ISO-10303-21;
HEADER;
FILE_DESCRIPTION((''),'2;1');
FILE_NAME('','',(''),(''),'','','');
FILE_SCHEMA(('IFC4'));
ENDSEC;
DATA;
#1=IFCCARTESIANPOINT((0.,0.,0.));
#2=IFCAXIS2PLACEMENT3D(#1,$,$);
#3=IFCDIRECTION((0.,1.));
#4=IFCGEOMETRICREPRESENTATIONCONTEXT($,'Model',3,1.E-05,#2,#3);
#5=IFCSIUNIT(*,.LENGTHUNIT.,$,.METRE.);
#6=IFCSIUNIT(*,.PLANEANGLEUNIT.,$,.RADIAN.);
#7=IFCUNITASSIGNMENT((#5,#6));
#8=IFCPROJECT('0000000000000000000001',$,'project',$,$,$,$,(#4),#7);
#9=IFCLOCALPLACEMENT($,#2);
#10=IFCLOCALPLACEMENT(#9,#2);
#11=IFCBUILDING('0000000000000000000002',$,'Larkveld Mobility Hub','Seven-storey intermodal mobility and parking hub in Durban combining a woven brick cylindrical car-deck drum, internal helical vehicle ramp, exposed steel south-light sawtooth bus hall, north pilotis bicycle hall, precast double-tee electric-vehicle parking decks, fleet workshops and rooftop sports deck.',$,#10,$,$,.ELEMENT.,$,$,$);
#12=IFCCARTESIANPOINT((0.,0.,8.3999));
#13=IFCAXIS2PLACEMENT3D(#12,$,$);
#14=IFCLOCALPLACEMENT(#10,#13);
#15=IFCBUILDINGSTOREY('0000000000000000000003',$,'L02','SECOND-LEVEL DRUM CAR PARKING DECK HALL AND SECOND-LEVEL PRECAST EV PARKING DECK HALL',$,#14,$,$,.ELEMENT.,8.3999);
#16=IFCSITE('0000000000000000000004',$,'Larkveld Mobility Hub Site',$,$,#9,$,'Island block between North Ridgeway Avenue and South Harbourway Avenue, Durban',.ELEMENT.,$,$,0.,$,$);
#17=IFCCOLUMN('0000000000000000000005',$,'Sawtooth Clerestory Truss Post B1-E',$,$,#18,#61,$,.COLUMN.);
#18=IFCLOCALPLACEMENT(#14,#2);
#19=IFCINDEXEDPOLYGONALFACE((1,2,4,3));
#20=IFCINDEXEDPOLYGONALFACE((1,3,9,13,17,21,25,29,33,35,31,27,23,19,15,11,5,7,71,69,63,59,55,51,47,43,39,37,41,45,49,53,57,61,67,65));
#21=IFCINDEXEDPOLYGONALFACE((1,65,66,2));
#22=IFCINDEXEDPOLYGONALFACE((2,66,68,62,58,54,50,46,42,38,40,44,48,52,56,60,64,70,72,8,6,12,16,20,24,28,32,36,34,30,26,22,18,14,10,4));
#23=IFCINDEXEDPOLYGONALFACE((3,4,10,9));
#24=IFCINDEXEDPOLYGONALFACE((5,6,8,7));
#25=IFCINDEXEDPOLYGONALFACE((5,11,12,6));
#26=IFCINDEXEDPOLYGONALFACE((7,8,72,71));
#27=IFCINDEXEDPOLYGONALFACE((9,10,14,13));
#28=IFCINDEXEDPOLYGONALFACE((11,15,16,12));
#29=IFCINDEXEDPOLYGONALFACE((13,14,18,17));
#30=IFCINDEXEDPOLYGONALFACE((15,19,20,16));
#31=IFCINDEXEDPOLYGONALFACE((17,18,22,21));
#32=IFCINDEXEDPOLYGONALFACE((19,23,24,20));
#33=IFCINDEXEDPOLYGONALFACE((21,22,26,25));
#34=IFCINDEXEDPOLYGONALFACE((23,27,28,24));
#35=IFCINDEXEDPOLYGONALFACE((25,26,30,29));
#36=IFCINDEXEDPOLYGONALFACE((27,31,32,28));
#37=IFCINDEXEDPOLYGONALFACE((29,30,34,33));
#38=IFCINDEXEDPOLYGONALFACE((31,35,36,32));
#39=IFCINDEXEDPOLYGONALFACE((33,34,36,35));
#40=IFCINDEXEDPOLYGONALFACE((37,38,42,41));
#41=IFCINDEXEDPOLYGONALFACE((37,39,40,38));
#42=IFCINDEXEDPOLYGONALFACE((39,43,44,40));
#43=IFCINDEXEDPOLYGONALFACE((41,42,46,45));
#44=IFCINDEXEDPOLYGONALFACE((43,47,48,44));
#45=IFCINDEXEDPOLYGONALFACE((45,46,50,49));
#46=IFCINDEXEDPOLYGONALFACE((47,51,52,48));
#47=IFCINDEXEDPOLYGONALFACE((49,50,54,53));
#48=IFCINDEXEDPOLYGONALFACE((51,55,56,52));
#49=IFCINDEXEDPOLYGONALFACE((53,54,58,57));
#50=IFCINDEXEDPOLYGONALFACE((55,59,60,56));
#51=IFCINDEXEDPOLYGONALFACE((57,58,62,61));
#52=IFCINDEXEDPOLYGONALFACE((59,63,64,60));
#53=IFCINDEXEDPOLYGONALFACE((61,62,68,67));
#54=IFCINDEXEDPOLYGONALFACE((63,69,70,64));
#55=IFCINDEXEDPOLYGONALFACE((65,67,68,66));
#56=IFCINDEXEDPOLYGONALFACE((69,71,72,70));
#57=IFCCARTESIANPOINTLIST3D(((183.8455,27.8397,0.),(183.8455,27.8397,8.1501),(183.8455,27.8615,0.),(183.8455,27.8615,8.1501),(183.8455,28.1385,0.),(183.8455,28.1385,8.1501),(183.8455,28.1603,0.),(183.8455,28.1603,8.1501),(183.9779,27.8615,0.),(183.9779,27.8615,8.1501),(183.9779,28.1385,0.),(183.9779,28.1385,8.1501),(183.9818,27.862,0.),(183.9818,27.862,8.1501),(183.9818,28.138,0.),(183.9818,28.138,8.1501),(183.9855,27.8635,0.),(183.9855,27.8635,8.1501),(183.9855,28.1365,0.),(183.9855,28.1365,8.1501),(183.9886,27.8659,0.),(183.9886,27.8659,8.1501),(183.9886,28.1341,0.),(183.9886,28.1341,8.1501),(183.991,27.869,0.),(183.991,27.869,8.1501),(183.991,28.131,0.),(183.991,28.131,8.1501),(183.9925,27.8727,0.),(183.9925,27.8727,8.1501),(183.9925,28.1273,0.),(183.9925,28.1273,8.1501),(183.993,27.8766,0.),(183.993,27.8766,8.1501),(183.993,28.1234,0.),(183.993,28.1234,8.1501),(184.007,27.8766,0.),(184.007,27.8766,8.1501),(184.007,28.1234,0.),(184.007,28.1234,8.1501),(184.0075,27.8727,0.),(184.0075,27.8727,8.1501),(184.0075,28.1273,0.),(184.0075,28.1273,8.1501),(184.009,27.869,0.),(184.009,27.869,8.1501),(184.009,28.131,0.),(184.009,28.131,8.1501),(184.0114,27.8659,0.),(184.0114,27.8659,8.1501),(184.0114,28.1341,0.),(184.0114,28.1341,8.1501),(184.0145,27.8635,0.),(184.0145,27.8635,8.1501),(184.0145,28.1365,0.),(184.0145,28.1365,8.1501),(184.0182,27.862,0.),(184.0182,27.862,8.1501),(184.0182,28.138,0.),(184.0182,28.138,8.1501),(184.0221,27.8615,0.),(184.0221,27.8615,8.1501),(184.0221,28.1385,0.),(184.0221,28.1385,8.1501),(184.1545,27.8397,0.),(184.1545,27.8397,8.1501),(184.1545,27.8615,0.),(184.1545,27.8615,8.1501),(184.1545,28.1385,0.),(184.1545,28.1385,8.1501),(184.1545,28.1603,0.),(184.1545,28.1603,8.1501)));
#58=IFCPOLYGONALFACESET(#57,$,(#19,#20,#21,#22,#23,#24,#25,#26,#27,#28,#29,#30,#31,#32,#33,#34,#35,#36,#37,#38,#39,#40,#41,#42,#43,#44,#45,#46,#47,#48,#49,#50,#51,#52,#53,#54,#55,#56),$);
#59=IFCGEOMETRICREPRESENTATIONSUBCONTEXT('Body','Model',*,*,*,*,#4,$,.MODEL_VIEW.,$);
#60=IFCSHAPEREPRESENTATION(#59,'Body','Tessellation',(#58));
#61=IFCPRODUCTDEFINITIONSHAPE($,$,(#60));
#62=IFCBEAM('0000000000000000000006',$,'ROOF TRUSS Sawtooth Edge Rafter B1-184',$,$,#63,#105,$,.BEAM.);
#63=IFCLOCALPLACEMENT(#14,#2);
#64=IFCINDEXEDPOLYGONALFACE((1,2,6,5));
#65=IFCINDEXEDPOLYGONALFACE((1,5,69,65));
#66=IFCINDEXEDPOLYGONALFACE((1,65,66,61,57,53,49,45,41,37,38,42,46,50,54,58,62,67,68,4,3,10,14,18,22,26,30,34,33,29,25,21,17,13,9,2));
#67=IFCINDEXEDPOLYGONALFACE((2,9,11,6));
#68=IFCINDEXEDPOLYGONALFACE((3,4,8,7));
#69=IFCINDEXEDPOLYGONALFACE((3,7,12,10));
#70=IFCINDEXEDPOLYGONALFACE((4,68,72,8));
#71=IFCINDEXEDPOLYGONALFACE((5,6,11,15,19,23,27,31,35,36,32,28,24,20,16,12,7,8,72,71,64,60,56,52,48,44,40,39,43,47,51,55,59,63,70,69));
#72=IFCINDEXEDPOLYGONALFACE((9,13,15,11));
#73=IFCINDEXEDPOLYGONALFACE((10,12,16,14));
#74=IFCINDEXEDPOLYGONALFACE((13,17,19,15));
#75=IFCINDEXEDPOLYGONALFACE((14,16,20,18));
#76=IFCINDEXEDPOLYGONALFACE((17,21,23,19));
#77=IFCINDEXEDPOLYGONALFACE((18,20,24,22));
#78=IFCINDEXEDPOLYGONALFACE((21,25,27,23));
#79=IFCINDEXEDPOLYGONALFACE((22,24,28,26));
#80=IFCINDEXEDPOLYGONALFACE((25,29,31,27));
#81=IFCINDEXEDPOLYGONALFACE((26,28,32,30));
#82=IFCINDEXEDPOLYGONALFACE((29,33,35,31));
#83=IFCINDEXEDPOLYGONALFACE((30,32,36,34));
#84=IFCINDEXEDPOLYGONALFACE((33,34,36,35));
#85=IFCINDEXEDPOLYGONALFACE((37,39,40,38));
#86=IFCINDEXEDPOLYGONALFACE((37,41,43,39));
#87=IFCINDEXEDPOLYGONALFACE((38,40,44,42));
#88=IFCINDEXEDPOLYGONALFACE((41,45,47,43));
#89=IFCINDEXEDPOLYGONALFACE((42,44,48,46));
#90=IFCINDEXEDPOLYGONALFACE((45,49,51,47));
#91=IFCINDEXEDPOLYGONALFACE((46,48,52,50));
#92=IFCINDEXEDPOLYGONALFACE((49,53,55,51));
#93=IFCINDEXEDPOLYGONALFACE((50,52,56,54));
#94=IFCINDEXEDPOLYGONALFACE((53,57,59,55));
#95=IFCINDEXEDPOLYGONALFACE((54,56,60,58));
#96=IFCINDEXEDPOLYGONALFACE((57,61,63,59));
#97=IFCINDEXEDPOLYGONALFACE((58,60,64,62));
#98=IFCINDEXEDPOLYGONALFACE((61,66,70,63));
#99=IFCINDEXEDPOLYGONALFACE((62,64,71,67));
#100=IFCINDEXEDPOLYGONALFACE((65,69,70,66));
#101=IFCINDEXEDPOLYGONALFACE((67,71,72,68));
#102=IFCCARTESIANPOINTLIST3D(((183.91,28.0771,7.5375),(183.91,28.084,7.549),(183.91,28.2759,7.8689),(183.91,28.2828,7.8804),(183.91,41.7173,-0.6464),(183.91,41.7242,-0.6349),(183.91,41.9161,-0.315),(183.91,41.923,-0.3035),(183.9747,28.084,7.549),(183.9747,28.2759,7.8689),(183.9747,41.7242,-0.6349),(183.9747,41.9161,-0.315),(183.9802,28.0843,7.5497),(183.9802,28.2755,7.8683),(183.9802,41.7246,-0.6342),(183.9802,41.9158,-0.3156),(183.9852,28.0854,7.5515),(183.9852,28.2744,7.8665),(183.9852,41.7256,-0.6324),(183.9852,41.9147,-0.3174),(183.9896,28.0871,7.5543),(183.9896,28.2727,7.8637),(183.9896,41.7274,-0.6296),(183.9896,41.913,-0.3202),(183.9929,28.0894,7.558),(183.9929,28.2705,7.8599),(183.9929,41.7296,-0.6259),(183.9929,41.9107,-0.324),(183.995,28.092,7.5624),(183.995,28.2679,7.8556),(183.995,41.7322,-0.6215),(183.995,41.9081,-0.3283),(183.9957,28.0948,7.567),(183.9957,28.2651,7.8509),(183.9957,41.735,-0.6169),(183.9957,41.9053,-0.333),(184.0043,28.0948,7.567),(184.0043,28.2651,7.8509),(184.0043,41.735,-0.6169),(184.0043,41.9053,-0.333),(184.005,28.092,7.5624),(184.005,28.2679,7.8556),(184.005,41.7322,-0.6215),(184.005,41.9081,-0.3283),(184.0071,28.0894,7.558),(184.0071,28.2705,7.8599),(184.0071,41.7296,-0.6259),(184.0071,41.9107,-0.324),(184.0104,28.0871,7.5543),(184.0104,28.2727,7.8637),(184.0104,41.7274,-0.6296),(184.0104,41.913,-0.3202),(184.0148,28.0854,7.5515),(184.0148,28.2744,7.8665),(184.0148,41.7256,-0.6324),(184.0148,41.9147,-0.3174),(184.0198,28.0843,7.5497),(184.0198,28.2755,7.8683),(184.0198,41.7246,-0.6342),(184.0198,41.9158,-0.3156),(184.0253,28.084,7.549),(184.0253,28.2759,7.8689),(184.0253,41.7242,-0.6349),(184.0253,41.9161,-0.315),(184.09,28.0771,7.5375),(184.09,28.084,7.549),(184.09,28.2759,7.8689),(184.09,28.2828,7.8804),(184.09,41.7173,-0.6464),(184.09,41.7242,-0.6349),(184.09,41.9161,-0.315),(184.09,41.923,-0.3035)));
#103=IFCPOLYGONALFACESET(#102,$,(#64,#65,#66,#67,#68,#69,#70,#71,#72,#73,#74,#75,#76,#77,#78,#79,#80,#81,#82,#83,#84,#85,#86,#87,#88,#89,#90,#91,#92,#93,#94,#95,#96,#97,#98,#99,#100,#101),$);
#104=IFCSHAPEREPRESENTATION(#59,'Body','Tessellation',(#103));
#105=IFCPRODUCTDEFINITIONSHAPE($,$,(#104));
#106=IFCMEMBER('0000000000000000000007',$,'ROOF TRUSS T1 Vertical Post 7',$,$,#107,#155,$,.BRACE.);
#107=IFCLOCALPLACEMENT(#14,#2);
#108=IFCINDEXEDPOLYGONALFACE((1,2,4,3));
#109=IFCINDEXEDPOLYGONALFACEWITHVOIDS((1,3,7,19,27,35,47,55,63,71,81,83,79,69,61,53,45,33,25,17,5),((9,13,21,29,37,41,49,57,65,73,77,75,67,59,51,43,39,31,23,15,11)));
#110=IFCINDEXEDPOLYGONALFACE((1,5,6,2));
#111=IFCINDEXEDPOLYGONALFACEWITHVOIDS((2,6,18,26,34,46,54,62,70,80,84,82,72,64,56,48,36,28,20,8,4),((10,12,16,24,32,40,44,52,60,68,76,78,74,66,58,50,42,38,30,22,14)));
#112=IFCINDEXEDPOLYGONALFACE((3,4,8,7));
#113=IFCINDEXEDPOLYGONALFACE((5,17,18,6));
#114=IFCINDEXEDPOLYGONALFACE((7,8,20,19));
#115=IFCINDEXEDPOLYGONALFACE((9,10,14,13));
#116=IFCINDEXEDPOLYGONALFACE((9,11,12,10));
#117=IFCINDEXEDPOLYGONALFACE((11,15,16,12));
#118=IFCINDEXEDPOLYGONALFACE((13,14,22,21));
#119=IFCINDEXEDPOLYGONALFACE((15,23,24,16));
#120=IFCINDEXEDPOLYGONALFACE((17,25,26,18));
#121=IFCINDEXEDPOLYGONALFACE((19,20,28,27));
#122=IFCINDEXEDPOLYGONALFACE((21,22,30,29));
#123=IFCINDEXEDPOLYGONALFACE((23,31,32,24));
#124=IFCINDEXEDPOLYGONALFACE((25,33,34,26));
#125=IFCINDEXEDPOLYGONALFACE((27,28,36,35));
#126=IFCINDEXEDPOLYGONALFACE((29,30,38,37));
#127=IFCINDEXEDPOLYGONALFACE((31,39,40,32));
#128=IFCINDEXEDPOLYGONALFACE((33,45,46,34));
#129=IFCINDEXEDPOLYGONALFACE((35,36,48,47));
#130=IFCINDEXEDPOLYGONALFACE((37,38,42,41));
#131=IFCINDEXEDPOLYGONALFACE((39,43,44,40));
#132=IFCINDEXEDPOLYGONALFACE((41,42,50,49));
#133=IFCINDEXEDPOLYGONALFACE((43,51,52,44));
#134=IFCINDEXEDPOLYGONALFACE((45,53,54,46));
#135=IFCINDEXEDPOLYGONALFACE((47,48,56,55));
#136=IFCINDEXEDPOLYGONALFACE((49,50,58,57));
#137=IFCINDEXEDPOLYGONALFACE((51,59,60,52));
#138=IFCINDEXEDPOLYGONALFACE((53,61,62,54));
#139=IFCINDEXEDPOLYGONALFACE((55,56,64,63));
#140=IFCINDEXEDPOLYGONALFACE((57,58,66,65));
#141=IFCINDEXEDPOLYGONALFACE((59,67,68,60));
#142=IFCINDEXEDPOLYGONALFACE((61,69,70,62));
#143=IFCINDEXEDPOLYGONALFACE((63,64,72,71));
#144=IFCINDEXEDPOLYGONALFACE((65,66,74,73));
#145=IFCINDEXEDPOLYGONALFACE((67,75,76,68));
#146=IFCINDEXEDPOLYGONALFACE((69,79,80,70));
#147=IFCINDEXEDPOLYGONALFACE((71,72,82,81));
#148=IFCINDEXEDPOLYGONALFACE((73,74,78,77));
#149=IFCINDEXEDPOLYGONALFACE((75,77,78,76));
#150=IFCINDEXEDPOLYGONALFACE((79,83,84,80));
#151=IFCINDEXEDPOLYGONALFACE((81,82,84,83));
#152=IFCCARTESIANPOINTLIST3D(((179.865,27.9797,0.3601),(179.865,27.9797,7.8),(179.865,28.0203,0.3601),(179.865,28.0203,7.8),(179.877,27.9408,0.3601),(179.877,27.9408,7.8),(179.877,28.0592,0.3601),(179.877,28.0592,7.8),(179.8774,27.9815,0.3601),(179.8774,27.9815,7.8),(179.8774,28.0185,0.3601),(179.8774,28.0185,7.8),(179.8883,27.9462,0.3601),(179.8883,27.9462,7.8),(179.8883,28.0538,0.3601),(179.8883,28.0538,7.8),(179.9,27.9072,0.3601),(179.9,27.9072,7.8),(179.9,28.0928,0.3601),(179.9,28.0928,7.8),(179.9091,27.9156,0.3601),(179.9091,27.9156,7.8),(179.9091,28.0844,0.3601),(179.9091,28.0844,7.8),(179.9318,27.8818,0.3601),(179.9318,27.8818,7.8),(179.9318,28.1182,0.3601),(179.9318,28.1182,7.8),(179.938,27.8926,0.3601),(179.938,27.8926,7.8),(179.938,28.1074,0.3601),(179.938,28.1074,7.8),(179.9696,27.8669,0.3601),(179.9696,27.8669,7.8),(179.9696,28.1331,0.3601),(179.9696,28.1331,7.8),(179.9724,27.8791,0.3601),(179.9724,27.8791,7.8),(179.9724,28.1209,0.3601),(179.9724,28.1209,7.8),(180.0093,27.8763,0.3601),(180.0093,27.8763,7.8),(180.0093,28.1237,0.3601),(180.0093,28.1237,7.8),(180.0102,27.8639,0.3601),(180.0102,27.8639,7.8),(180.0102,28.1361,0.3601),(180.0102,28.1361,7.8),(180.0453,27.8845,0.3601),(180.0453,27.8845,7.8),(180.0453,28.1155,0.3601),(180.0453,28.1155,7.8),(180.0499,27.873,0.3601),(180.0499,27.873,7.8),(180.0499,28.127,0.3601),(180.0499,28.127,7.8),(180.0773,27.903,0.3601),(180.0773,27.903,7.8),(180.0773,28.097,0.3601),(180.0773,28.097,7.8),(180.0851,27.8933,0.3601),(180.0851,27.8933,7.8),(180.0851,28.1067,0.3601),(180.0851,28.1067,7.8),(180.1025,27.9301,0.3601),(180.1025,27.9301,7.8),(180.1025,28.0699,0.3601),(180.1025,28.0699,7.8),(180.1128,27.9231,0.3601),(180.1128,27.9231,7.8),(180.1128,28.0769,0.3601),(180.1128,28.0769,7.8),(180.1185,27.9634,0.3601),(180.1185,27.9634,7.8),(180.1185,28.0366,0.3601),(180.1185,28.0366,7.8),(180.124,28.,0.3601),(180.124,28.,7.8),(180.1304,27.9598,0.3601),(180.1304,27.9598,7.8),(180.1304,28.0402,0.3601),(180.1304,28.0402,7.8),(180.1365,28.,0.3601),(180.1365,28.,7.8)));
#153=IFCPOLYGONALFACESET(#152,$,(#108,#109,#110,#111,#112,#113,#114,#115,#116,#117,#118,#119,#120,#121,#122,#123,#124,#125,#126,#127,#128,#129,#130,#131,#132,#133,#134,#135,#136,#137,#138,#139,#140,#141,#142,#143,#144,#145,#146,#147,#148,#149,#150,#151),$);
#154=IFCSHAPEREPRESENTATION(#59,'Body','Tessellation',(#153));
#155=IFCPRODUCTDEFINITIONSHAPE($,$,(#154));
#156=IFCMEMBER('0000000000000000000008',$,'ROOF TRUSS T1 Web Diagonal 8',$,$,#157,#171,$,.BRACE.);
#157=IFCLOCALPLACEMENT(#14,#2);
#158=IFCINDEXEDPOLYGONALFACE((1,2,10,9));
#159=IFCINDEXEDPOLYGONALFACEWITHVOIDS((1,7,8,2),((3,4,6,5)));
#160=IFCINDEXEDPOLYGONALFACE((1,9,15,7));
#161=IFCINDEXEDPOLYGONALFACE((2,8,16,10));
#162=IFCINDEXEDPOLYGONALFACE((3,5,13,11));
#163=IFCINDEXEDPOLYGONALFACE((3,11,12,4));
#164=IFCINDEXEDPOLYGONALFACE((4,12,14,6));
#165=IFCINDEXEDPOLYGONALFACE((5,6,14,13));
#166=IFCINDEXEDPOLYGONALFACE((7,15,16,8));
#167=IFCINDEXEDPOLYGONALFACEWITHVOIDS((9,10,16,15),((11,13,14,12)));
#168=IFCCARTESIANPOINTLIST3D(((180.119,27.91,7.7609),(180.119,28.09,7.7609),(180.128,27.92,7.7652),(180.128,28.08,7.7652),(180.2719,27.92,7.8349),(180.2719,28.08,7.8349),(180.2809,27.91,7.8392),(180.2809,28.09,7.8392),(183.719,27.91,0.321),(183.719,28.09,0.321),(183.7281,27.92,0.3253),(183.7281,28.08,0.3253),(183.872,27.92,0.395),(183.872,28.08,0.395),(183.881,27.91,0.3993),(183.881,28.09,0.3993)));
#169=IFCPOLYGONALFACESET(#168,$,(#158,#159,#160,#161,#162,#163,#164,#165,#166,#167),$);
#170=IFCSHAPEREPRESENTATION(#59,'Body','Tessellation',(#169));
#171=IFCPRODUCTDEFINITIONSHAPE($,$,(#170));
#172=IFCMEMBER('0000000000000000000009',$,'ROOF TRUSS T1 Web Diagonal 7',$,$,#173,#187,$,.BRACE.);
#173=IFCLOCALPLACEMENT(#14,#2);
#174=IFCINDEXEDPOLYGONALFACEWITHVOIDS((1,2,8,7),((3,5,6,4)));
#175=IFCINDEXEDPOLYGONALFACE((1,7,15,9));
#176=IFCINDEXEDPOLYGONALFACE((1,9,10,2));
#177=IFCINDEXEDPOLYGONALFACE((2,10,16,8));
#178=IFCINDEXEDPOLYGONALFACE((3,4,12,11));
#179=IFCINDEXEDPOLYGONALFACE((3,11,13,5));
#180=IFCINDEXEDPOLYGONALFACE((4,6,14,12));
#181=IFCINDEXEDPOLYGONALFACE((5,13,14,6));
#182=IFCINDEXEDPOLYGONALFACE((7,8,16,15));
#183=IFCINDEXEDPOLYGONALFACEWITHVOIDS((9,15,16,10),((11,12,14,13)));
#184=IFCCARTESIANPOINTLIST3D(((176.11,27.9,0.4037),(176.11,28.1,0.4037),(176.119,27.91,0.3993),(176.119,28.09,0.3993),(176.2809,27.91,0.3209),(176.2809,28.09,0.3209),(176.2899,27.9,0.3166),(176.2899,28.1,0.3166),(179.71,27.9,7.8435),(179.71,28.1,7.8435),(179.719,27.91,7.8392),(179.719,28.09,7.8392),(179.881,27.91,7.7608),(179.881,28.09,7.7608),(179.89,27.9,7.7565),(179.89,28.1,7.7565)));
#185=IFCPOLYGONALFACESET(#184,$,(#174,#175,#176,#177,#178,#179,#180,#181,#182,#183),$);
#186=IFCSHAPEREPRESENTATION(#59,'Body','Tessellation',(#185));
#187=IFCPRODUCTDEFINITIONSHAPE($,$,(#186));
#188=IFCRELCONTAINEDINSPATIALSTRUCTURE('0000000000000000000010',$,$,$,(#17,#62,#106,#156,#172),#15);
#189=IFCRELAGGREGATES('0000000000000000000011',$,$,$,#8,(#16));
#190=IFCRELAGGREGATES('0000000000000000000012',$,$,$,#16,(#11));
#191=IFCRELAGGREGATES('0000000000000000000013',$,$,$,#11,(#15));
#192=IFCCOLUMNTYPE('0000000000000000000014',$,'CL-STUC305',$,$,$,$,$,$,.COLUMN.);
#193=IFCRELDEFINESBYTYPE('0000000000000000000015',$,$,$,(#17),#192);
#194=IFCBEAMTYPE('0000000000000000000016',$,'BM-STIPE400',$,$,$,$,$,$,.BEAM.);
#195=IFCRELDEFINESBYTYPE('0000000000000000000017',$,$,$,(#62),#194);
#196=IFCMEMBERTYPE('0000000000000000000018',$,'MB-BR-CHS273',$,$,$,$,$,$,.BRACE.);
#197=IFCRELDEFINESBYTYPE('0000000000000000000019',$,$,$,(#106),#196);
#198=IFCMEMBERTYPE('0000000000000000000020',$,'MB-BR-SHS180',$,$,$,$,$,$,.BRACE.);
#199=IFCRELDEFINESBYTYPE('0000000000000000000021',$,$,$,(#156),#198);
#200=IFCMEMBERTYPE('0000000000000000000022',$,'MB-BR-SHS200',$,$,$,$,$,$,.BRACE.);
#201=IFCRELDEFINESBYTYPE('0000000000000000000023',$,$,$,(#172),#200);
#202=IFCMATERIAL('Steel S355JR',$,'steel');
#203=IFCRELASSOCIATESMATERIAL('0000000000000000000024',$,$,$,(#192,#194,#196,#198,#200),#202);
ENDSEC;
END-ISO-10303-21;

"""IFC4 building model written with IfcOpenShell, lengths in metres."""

from ifc_helpers import new_model, si_unit, direction, frame, origin, origin_2d, place, context, subcontext, project, spatial, hollow_rectangle, hollow_circle, i_section, extrude, material, material_profile, profile_set, type_object, element, save


model = new_model("IFC4")

# Units and contexts
model_context = context("Model", 3, precision=1e-05, world=origin(), true_north=direction((0.0, 1.0)))
body_context = subcontext(model_context, "Body", "Model", "MODEL_VIEW")
ifc_project = project(units=[si_unit("LENGTHUNIT", "METRE"), si_unit("PLANEANGLEUNIT", "RADIAN")], contexts=[model_context])

# Site, building, storey
site_placement = place(None, origin())
site = spatial("IfcSite", under=ifc_project, at=site_placement, Name="Larkveld Mobility Hub Site", LongName="Island block between North Ridgeway Avenue and South Harbourway Avenue, Durban", CompositionType="ELEMENT", RefElevation=0.0)
building_placement = place(site_placement, origin())
building = spatial("IfcBuilding", under=site, at=building_placement, Name="Larkveld Mobility Hub", Description="Seven-storey intermodal mobility and parking hub in Durban combining a woven brick cylindrical car-deck drum, internal helical vehicle ramp, exposed steel south-light sawtooth bus hall, north pilotis bicycle hall, precast double-tee electric-vehicle parking decks, fleet workshops and rooftop sports deck.", CompositionType="ELEMENT")
storey_placement = place(building_placement, frame((0.0, 0.0, 8.3999)))
storey = spatial("IfcBuildingStorey", under=building, at=storey_placement, Name="L02", Description="SECOND-LEVEL DRUM CAR PARKING DECK HALL AND SECOND-LEVEL PRECAST EV PARKING DECK HALL", CompositionType="ELEMENT", Elevation=8.3999)

# Column
ifc_material_1 = material(Name="Steel S355JR", Category="steel")
ifc_material_profile_1 = material_profile(ifc_material_1, i_section(OverallWidth=0.3091, OverallDepth=0.3206, WebThickness=0.0139, FlangeThickness=0.0217, FilletRadius=0.0151, at=origin_2d()), Name="UC 305x305x137")
ifc_profile_set_1 = profile_set([ifc_material_profile_1], Name="Steel S355JR")
column_type = type_object("IfcColumnType", Name="CL-STUC305", PredefinedType="COLUMN", material=ifc_profile_set_1)
column_placement = place(storey_placement, frame((184.0, 28.0, 0.0), z_axis=(0.0, 0.0, 1.0), x_axis=(1.0, 0.0, 0.0)))
element("IfcColumn", 1, at=column_placement, inside=storey, type_object=column_type, Name="Sawtooth Clerestory Truss Post B1-E", PredefinedType="COLUMN", context=body_context, shape_type="SweptSolid", body=[
    extrude(i_section(OverallWidth=0.3091, OverallDepth=0.3206, WebThickness=0.0139, FlangeThickness=0.0217, FilletRadius=0.0151, at=origin_2d()), origin(), (0.0, 0.0, 1.0), 8.1501),
])

# Beam
ifc_material_profile_2 = material_profile(ifc_material_1, i_section(OverallWidth=0.1799, OverallDepth=0.3999, WebThickness=0.0085, FlangeThickness=0.0134, FilletRadius=0.021, at=origin_2d()), Name="IPE 400")
ifc_profile_set_2 = profile_set([ifc_material_profile_2], Name="Steel S355JR")
beam_type = type_object("IfcBeamType", Name="BM-STIPE400", PredefinedType="BEAM", material=ifc_profile_set_2)
beam_placement = place(storey_placement, frame((184.0, 28.1799, 7.709), z_axis=(0.0, 0.8575, -0.514484), x_axis=(-1.0, 0.0, 0.0)))
element("IfcBeam", 2, at=beam_placement, inside=storey, type_object=beam_type, Name="ROOF TRUSS Sawtooth Edge Rafter B1-184", PredefinedType="BEAM", context=body_context, shape_type="SweptSolid", body=[
    extrude(i_section(OverallWidth=0.1799, OverallDepth=0.3999, WebThickness=0.0085, FlangeThickness=0.0134, FilletRadius=0.021, at=origin_2d()), origin(), (0.0, 0.0, 1.0), 15.907),
])

# Members
ifc_material_profile_3 = material_profile(ifc_material_1, hollow_circle(Radius=0.1365, WallThickness=0.0125, at=origin_2d()), Name="CHS 273x12.5")
ifc_profile_set_3 = profile_set([ifc_material_profile_3], Name="Steel S355JR")
member_type_1 = type_object("IfcMemberType", Name="MB-BR-CHS273", PredefinedType="BRACE", material=ifc_profile_set_3)
member_1_placement = place(storey_placement, frame((180.0, 28.0, 0.3601), z_axis=(0.0, 0.0, 1.0), x_axis=(1.0, 0.0, 0.0)))
element("IfcMember", 3, at=member_1_placement, inside=storey, type_object=member_type_1, Name="ROOF TRUSS T1 Vertical Post 7", PredefinedType="BRACE", context=body_context, shape_type="SweptSolid", body=[
    extrude(hollow_circle(Radius=0.1365, WallThickness=0.0125, at=origin_2d()), origin(), (0.0, 0.0, 1.0), 7.4399),
])
ifc_material_profile_4 = material_profile(ifc_material_1, hollow_rectangle(XDim=0.1799, YDim=0.1799, WallThickness=0.01, at=origin_2d()), Name="SHS 180x180x10")
ifc_profile_set_4 = profile_set([ifc_material_profile_4], Name="Steel S355JR")
member_type_2 = type_object("IfcMemberType", Name="MB-BR-SHS180", PredefinedType="BRACE", material=ifc_profile_set_4)
member_2_placement = place(storey_placement, frame((180.2, 28.0, 7.8), z_axis=(0.435573, 0.0, -0.900153), x_axis=(0.0, 1.0, 0.0)))
element("IfcMember", 4, at=member_2_placement, inside=storey, type_object=member_type_2, Name="ROOF TRUSS T1 Web Diagonal 8", PredefinedType="BRACE", context=body_context, shape_type="SweptSolid", body=[
    extrude(hollow_rectangle(XDim=0.1799, YDim=0.1799, WallThickness=0.01, at=origin_2d()), origin(), (0.0, 0.0, 1.0), 8.2651),
])
ifc_material_profile_5 = material_profile(ifc_material_1, hollow_rectangle(XDim=0.2, YDim=0.2, WallThickness=0.01, at=origin_2d()), Name="SHS 200x200x10")
ifc_profile_set_5 = profile_set([ifc_material_profile_5], Name="Steel S355JR")
member_type_3 = type_object("IfcMemberType", Name="MB-BR-SHS200", PredefinedType="BRACE", material=ifc_profile_set_5)
member_3_placement = place(storey_placement, frame((176.2, 28.0, 0.3601), z_axis=(0.435573, 0.0, 0.900153), x_axis=(0.0, 1.0, 0.0)))
element("IfcMember", 5, at=member_3_placement, inside=storey, type_object=member_type_3, Name="ROOF TRUSS T1 Web Diagonal 7", PredefinedType="BRACE", context=body_context, shape_type="SweptSolid", body=[
    extrude(hollow_rectangle(XDim=0.2, YDim=0.2, WallThickness=0.01, at=origin_2d()), origin(), (0.0, 0.0, 1.0), 8.2651),
])

save(model, "model.ifc")
